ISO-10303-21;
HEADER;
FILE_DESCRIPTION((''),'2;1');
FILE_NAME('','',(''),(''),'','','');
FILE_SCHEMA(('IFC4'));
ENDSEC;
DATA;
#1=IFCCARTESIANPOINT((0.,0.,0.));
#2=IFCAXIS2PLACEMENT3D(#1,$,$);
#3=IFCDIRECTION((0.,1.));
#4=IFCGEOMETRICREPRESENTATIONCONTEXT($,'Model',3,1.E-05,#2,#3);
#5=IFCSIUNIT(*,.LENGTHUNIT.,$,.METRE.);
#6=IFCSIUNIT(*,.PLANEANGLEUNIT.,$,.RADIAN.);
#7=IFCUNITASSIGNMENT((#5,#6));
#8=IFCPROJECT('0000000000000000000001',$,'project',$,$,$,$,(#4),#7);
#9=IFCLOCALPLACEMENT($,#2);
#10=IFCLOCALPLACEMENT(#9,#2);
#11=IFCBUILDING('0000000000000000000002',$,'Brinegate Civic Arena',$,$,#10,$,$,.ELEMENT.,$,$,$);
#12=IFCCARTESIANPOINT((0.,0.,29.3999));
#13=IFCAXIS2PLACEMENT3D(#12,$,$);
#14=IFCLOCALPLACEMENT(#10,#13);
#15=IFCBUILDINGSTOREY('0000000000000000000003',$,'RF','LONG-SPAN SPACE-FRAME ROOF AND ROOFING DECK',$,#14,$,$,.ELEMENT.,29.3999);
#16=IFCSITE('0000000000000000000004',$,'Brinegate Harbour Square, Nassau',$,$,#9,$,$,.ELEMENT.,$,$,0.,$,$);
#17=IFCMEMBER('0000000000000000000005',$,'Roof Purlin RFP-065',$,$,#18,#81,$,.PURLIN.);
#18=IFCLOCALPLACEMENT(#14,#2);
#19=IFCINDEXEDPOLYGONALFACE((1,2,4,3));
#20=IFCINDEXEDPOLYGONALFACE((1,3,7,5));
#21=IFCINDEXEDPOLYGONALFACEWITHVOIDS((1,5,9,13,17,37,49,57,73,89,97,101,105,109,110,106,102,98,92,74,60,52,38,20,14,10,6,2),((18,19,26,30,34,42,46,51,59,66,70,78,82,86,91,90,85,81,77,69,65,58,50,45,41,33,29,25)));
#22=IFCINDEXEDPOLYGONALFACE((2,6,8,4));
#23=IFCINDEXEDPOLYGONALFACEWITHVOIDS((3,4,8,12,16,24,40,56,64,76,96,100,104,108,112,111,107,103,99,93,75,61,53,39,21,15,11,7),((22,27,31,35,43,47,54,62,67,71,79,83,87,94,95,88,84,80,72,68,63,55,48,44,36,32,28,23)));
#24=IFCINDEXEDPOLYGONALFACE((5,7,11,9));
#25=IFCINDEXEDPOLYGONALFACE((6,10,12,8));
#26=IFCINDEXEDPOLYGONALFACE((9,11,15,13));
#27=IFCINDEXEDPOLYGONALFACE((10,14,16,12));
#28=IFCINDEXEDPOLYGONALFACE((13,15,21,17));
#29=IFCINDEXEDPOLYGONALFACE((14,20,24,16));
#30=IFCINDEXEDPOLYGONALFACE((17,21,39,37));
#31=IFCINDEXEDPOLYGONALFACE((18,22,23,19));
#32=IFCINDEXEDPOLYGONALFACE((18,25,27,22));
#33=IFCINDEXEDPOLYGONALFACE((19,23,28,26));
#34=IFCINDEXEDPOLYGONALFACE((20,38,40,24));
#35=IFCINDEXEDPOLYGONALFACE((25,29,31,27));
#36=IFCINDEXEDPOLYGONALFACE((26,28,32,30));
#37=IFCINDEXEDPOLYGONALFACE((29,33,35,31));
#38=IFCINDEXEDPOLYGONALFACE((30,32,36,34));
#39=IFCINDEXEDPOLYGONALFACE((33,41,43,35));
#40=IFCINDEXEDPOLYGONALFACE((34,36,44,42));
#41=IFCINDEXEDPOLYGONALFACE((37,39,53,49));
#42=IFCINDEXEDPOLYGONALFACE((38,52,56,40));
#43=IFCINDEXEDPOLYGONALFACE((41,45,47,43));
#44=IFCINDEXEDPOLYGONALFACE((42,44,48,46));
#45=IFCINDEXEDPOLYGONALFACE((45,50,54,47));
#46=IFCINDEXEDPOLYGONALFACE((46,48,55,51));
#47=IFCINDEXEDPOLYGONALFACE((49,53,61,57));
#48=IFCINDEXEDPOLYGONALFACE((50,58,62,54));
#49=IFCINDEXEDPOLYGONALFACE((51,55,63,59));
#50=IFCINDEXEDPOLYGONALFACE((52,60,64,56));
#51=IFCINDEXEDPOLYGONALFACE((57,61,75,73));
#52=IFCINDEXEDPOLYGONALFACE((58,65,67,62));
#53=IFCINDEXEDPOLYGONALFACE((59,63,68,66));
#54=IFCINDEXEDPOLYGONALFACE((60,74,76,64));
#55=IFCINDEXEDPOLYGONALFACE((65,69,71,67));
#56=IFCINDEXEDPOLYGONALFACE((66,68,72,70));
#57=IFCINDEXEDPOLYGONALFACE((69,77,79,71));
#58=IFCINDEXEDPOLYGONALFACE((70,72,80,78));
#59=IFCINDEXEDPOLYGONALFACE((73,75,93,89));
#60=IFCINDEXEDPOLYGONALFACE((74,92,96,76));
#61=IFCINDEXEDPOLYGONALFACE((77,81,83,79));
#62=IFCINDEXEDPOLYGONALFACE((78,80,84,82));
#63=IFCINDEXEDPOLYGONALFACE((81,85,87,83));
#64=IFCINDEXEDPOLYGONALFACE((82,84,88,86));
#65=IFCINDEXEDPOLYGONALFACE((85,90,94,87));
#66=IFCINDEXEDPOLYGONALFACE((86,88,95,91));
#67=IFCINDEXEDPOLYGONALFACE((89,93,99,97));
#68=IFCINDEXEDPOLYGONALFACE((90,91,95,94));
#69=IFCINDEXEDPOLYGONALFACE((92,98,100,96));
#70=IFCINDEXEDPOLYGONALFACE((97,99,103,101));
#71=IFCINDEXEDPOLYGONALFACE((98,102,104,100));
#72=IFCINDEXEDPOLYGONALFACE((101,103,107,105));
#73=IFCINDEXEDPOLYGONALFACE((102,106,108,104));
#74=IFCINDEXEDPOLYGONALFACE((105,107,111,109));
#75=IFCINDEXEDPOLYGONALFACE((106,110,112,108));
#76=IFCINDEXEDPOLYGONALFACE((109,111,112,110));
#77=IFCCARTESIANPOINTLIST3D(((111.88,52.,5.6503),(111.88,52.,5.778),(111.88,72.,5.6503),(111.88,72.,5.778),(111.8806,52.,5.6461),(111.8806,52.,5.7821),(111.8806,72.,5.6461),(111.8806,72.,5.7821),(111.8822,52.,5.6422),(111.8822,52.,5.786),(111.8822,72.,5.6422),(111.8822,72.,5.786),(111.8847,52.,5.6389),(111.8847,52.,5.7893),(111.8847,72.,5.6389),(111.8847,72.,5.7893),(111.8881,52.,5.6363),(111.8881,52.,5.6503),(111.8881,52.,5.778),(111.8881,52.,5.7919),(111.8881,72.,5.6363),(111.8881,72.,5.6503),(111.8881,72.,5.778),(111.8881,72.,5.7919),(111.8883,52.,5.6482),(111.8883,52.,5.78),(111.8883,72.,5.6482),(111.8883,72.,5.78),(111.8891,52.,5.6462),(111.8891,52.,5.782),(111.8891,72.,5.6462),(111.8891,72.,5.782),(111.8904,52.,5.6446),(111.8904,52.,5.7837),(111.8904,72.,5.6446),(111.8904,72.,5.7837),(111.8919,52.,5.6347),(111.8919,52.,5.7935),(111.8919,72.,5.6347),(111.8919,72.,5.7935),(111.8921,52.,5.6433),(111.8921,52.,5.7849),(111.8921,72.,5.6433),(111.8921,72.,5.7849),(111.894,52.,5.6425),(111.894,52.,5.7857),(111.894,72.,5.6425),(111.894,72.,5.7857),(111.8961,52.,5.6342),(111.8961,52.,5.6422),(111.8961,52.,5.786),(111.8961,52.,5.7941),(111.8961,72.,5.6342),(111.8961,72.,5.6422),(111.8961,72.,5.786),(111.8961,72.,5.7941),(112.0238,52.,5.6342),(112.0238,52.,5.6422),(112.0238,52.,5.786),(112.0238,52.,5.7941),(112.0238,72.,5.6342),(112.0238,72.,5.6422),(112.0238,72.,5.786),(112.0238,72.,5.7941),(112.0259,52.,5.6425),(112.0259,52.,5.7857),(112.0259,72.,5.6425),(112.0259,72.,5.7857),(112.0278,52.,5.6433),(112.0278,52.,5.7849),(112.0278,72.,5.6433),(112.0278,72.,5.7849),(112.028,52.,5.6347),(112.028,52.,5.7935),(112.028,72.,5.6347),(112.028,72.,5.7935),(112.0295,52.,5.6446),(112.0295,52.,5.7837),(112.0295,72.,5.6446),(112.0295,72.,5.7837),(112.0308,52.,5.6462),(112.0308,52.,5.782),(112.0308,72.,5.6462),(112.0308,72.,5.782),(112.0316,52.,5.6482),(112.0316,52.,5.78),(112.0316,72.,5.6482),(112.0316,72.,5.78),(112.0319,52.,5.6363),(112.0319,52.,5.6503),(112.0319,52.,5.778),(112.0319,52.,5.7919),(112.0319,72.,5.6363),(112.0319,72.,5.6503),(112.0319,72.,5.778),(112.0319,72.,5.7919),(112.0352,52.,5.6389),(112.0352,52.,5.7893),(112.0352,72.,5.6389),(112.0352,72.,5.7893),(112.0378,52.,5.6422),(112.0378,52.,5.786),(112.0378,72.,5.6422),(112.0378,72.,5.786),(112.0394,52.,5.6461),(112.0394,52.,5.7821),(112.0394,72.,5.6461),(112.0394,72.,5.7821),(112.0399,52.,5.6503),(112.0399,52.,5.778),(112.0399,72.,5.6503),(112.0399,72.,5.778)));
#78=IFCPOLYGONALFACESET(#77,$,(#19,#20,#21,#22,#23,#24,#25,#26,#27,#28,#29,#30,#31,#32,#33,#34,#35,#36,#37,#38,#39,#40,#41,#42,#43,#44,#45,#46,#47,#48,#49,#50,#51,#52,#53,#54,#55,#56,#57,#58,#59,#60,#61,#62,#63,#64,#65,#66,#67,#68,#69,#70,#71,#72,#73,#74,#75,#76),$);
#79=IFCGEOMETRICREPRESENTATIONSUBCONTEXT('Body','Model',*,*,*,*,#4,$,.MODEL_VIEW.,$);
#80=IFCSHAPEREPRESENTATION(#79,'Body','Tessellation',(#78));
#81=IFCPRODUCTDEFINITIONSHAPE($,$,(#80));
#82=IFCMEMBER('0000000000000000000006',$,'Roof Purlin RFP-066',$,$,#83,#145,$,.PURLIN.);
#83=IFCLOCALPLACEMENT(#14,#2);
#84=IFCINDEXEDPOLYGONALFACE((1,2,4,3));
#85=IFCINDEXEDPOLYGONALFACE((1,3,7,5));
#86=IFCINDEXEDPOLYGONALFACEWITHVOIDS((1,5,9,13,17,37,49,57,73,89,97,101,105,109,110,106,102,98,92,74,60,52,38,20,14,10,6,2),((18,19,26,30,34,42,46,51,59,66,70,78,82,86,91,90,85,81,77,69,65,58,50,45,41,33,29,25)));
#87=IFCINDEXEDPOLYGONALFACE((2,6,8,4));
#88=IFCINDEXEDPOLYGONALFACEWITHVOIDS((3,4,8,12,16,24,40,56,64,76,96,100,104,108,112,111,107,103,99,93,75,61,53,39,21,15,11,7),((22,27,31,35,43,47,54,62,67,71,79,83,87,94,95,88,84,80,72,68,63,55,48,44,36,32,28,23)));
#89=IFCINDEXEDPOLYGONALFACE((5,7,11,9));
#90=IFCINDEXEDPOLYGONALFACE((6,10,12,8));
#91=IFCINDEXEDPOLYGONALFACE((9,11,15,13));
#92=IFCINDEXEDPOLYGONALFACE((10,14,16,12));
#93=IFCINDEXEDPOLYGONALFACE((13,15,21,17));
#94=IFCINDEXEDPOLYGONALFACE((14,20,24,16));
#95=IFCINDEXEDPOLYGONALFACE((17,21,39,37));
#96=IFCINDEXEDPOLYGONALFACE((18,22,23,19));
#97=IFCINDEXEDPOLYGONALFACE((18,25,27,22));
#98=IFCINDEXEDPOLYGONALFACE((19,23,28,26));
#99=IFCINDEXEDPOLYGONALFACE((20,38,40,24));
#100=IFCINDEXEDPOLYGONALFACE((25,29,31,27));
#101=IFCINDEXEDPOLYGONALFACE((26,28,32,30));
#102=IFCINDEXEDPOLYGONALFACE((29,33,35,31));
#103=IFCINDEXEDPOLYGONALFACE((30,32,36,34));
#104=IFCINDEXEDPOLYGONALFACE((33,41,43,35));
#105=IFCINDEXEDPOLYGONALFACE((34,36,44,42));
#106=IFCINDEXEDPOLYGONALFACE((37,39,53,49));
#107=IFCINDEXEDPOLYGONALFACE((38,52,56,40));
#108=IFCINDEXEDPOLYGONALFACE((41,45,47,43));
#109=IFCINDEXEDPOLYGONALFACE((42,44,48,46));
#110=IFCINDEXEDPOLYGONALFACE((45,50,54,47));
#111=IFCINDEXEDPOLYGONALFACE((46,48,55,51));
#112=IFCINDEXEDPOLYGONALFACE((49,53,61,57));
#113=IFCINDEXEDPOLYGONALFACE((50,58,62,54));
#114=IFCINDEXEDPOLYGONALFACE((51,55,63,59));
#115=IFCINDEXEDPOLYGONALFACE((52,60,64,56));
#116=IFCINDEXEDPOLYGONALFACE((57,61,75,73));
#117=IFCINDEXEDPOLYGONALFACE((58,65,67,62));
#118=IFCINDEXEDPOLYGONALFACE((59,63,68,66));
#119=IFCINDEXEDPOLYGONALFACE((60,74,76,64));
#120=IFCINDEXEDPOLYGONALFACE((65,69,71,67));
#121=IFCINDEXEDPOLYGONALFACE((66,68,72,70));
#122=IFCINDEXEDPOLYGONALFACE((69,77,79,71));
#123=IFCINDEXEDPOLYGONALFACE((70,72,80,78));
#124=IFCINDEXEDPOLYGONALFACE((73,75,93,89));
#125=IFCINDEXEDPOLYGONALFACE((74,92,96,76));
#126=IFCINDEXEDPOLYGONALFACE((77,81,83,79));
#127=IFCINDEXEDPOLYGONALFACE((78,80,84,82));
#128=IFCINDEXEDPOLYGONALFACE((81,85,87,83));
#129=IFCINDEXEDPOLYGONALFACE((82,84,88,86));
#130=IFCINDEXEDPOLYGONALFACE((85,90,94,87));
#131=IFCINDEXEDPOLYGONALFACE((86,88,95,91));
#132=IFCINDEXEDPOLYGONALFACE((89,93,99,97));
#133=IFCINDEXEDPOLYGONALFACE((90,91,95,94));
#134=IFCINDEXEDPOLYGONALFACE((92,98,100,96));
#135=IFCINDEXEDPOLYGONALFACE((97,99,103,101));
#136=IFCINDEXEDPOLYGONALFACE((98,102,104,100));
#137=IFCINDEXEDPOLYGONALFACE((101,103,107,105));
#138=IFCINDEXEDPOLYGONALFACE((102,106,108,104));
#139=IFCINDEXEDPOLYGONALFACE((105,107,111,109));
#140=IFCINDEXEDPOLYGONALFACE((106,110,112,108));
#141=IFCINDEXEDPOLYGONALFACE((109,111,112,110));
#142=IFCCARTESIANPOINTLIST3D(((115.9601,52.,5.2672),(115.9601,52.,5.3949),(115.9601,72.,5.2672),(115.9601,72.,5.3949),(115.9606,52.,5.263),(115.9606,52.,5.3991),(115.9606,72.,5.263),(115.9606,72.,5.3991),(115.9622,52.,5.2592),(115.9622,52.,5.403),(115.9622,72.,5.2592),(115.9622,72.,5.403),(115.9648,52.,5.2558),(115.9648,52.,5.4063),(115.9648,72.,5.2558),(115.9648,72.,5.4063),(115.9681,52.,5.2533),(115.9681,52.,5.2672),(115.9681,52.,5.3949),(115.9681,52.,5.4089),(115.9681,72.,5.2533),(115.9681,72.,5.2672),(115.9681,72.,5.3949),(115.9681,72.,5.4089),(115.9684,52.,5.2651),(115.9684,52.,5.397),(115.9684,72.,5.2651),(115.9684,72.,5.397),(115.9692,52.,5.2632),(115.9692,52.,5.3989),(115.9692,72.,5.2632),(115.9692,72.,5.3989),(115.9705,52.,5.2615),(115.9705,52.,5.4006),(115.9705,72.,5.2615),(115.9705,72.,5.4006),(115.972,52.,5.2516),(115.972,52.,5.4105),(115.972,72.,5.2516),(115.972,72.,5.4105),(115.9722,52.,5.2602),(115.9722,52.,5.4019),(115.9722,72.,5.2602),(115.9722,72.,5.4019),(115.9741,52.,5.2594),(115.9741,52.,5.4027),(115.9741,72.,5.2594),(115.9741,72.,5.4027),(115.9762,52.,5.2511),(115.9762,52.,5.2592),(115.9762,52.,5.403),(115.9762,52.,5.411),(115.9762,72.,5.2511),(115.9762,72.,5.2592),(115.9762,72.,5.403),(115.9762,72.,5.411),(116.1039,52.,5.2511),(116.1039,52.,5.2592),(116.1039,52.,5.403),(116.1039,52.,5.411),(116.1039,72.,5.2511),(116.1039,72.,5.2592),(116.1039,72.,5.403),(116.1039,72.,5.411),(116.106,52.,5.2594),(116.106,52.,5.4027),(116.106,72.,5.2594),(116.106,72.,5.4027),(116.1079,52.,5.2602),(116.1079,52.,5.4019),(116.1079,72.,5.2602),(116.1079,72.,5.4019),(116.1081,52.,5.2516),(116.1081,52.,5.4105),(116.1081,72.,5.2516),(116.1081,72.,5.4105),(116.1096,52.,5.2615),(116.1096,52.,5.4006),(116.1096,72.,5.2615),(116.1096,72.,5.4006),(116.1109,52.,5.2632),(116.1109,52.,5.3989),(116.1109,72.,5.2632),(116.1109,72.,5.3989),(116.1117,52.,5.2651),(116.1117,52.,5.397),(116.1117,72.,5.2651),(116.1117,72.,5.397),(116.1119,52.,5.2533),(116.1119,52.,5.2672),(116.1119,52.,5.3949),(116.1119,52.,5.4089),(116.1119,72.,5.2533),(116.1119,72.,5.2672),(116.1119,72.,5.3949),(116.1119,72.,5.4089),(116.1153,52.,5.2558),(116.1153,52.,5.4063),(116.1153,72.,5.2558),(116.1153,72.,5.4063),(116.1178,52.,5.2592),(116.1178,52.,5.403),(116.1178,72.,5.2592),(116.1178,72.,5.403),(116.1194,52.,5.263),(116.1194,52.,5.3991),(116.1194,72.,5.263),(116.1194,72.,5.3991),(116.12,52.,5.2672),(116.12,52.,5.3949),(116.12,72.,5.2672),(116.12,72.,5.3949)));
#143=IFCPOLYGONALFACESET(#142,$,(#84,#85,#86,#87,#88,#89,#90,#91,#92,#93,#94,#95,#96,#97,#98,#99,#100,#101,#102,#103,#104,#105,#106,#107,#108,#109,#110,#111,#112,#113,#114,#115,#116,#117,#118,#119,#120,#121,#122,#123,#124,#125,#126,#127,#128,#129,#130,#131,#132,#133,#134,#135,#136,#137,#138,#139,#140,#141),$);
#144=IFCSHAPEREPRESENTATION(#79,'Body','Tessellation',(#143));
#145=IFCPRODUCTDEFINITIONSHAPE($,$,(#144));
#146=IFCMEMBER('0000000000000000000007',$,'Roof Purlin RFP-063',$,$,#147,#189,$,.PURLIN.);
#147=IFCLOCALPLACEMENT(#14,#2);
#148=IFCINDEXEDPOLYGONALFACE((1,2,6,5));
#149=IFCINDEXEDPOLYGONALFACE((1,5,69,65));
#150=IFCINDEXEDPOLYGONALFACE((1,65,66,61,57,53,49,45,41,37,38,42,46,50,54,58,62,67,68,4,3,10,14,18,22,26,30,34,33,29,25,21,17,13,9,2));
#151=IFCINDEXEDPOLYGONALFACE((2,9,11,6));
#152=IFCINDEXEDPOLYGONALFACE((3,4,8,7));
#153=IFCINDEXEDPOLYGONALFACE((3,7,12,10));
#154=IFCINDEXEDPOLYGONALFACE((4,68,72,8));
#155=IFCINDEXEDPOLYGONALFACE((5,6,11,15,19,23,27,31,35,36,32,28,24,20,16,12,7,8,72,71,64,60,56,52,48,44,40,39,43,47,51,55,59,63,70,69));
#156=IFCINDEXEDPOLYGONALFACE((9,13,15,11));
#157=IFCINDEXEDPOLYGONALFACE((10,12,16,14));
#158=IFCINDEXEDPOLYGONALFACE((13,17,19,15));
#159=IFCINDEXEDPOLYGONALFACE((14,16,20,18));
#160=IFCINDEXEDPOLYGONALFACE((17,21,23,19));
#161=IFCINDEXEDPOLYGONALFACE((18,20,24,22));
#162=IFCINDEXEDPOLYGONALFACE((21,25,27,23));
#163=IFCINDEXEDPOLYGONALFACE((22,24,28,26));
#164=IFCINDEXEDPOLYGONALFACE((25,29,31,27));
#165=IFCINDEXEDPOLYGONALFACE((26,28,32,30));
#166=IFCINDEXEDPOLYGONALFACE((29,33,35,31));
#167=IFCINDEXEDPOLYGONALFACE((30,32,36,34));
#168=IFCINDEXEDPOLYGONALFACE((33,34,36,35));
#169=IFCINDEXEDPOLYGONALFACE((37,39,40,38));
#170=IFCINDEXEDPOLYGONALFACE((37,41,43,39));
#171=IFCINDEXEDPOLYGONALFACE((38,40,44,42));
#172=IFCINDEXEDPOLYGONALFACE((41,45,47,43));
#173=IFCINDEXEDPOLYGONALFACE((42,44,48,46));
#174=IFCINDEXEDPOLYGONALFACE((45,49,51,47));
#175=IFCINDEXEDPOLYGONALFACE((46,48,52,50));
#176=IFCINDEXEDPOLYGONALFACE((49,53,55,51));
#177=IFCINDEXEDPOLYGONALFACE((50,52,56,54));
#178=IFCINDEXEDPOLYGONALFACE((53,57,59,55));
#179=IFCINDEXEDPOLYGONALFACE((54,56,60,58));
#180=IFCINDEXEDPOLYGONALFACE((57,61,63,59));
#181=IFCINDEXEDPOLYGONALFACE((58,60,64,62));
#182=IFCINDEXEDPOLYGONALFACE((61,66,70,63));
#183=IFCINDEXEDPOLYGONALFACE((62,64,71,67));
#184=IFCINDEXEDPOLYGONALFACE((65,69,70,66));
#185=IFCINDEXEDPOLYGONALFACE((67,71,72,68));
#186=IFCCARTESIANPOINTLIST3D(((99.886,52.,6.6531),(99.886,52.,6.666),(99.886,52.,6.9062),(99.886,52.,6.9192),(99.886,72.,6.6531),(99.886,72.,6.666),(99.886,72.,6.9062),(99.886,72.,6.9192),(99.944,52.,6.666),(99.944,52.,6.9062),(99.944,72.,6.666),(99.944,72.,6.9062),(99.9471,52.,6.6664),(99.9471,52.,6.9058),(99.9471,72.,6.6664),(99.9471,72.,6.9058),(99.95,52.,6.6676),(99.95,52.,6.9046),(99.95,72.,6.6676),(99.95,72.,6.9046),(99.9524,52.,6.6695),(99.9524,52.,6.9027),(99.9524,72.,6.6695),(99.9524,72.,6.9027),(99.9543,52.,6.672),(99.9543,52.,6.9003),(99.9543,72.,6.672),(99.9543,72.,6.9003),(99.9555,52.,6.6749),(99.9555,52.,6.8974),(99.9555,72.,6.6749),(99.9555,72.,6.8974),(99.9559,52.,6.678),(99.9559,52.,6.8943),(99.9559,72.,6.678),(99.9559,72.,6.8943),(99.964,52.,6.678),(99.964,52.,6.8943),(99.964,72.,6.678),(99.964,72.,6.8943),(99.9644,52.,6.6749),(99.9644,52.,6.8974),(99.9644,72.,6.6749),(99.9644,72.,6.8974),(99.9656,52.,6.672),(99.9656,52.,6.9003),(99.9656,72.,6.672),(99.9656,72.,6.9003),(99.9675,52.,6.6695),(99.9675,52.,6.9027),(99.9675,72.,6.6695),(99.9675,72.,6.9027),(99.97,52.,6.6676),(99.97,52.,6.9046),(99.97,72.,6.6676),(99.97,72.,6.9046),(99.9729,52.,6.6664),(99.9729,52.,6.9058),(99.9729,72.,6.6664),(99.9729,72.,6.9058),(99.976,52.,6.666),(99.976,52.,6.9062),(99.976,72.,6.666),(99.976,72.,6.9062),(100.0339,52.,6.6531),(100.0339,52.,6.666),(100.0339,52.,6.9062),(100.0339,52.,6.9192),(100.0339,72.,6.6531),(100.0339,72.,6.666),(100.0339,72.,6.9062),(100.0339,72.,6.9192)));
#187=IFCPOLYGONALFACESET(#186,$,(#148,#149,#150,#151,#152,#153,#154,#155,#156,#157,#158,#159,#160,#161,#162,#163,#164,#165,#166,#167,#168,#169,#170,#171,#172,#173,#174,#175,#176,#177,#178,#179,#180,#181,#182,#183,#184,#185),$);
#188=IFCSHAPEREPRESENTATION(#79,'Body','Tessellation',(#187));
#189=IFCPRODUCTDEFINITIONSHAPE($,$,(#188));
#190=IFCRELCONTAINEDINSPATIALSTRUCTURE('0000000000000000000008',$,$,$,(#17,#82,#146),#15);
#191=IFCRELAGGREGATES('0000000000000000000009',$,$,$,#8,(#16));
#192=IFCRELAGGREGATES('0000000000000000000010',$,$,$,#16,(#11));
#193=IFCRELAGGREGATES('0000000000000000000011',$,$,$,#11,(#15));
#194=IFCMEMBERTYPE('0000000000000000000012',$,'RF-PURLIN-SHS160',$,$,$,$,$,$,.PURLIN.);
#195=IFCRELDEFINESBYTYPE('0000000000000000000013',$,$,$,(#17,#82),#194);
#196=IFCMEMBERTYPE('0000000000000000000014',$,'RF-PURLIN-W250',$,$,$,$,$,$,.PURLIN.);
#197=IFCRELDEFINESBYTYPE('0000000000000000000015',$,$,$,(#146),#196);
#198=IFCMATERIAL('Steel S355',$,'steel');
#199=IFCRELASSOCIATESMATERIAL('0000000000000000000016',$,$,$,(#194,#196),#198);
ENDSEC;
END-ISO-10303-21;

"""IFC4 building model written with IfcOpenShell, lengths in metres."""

from ifc_helpers import new_model, si_unit, direction, frame, origin, origin_2d, place, context, subcontext, project, spatial, hollow_rectangle, i_section, extrude, material, material_profile, profile_set, type_object, element, save


model = new_model("IFC4")

# Units and contexts
model_context = context("Model", 3, precision=1e-05, world=origin(), true_north=direction((0.0, 1.0)))
body_context = subcontext(model_context, "Body", "Model", "MODEL_VIEW")
ifc_project = project(units=[si_unit("LENGTHUNIT", "METRE"), si_unit("PLANEANGLEUNIT", "RADIAN")], contexts=[model_context])

# Site, building, storey
site_placement = place(None, origin())
site = spatial("IfcSite", under=ifc_project, at=site_placement, Name="Brinegate Harbour Square, Nassau", CompositionType="ELEMENT", RefElevation=0.0)
building_placement = place(site_placement, origin())
building = spatial("IfcBuilding", under=site, at=building_placement, Name="Brinegate Civic Arena", CompositionType="ELEMENT")
storey_placement = place(building_placement, frame((0.0, 0.0, 29.3999)))
storey = spatial("IfcBuildingStorey", under=building, at=storey_placement, Name="RF", Description="LONG-SPAN SPACE-FRAME ROOF AND ROOFING DECK", CompositionType="ELEMENT", Elevation=29.3999)

# Members
ifc_material = material(Name="Steel S355", Category="steel")
ifc_material_profile_1 = material_profile(ifc_material, hollow_rectangle(XDim=0.1599, YDim=0.1599, WallThickness=0.0081, InnerFilletRadius=0.0081, OuterFilletRadius=0.0161, at=origin_2d()), Name="SHS160X8")
ifc_profile_set_1 = profile_set([ifc_material_profile_1], Name="Steel S355")
member_type_1 = type_object("IfcMemberType", Name="RF-PURLIN-SHS160", PredefinedType="PURLIN", material=ifc_profile_set_1)
for number, where, z_axis, x_axis, name in (
    (1, (111.96, 52.0, 5.7141), (0.0, 1.0, 0.0), (-1.0, 0.0, 0.0), "Roof Purlin RFP-065"),
    (2, (116.04, 52.0, 5.3311), (0.0, 1.0, 0.0), (-1.0, 0.0, 0.0), "Roof Purlin RFP-066"),
):
    element("IfcMember", number, at=place(storey_placement, frame(where, z_axis=z_axis, x_axis=x_axis)), inside=storey, type_object=member_type_1, Name=name, PredefinedType="PURLIN", context=body_context, shape_type="SweptSolid", body=[
        extrude(hollow_rectangle(XDim=0.1599, YDim=0.1599, WallThickness=0.0081, InnerFilletRadius=0.0081, OuterFilletRadius=0.0161, at=origin_2d()), origin(), (0.0, 0.0, 1.0), 20.0),
    ])
ifc_material_profile_2 = material_profile(ifc_material, i_section(OverallWidth=0.1479, OverallDepth=0.2661, WebThickness=0.0081, FlangeThickness=0.0129, FilletRadius=0.012, at=origin_2d()), Name="W250X45")
ifc_profile_set_2 = profile_set([ifc_material_profile_2], Name="Steel S355")
member_type_2 = type_object("IfcMemberType", Name="RF-PURLIN-W250", PredefinedType="PURLIN", material=ifc_profile_set_2)
for number, where, z_axis, x_axis, name in (
    (3, (99.96, 52.0, 6.7861), (0.0, 1.0, 0.0), (-1.0, 0.0, 0.0), "Roof Purlin RFP-063"),
):
    element("IfcMember", number, at=place(storey_placement, frame(where, z_axis=z_axis, x_axis=x_axis)), inside=storey, type_object=member_type_2, Name=name, PredefinedType="PURLIN", context=body_context, shape_type="SweptSolid", body=[
        extrude(i_section(OverallWidth=0.1479, OverallDepth=0.2661, WebThickness=0.0081, FlangeThickness=0.0129, FilletRadius=0.012, at=origin_2d()), origin(), (0.0, 0.0, 1.0), 20.0),
    ])

save(model, "model.ifc")
